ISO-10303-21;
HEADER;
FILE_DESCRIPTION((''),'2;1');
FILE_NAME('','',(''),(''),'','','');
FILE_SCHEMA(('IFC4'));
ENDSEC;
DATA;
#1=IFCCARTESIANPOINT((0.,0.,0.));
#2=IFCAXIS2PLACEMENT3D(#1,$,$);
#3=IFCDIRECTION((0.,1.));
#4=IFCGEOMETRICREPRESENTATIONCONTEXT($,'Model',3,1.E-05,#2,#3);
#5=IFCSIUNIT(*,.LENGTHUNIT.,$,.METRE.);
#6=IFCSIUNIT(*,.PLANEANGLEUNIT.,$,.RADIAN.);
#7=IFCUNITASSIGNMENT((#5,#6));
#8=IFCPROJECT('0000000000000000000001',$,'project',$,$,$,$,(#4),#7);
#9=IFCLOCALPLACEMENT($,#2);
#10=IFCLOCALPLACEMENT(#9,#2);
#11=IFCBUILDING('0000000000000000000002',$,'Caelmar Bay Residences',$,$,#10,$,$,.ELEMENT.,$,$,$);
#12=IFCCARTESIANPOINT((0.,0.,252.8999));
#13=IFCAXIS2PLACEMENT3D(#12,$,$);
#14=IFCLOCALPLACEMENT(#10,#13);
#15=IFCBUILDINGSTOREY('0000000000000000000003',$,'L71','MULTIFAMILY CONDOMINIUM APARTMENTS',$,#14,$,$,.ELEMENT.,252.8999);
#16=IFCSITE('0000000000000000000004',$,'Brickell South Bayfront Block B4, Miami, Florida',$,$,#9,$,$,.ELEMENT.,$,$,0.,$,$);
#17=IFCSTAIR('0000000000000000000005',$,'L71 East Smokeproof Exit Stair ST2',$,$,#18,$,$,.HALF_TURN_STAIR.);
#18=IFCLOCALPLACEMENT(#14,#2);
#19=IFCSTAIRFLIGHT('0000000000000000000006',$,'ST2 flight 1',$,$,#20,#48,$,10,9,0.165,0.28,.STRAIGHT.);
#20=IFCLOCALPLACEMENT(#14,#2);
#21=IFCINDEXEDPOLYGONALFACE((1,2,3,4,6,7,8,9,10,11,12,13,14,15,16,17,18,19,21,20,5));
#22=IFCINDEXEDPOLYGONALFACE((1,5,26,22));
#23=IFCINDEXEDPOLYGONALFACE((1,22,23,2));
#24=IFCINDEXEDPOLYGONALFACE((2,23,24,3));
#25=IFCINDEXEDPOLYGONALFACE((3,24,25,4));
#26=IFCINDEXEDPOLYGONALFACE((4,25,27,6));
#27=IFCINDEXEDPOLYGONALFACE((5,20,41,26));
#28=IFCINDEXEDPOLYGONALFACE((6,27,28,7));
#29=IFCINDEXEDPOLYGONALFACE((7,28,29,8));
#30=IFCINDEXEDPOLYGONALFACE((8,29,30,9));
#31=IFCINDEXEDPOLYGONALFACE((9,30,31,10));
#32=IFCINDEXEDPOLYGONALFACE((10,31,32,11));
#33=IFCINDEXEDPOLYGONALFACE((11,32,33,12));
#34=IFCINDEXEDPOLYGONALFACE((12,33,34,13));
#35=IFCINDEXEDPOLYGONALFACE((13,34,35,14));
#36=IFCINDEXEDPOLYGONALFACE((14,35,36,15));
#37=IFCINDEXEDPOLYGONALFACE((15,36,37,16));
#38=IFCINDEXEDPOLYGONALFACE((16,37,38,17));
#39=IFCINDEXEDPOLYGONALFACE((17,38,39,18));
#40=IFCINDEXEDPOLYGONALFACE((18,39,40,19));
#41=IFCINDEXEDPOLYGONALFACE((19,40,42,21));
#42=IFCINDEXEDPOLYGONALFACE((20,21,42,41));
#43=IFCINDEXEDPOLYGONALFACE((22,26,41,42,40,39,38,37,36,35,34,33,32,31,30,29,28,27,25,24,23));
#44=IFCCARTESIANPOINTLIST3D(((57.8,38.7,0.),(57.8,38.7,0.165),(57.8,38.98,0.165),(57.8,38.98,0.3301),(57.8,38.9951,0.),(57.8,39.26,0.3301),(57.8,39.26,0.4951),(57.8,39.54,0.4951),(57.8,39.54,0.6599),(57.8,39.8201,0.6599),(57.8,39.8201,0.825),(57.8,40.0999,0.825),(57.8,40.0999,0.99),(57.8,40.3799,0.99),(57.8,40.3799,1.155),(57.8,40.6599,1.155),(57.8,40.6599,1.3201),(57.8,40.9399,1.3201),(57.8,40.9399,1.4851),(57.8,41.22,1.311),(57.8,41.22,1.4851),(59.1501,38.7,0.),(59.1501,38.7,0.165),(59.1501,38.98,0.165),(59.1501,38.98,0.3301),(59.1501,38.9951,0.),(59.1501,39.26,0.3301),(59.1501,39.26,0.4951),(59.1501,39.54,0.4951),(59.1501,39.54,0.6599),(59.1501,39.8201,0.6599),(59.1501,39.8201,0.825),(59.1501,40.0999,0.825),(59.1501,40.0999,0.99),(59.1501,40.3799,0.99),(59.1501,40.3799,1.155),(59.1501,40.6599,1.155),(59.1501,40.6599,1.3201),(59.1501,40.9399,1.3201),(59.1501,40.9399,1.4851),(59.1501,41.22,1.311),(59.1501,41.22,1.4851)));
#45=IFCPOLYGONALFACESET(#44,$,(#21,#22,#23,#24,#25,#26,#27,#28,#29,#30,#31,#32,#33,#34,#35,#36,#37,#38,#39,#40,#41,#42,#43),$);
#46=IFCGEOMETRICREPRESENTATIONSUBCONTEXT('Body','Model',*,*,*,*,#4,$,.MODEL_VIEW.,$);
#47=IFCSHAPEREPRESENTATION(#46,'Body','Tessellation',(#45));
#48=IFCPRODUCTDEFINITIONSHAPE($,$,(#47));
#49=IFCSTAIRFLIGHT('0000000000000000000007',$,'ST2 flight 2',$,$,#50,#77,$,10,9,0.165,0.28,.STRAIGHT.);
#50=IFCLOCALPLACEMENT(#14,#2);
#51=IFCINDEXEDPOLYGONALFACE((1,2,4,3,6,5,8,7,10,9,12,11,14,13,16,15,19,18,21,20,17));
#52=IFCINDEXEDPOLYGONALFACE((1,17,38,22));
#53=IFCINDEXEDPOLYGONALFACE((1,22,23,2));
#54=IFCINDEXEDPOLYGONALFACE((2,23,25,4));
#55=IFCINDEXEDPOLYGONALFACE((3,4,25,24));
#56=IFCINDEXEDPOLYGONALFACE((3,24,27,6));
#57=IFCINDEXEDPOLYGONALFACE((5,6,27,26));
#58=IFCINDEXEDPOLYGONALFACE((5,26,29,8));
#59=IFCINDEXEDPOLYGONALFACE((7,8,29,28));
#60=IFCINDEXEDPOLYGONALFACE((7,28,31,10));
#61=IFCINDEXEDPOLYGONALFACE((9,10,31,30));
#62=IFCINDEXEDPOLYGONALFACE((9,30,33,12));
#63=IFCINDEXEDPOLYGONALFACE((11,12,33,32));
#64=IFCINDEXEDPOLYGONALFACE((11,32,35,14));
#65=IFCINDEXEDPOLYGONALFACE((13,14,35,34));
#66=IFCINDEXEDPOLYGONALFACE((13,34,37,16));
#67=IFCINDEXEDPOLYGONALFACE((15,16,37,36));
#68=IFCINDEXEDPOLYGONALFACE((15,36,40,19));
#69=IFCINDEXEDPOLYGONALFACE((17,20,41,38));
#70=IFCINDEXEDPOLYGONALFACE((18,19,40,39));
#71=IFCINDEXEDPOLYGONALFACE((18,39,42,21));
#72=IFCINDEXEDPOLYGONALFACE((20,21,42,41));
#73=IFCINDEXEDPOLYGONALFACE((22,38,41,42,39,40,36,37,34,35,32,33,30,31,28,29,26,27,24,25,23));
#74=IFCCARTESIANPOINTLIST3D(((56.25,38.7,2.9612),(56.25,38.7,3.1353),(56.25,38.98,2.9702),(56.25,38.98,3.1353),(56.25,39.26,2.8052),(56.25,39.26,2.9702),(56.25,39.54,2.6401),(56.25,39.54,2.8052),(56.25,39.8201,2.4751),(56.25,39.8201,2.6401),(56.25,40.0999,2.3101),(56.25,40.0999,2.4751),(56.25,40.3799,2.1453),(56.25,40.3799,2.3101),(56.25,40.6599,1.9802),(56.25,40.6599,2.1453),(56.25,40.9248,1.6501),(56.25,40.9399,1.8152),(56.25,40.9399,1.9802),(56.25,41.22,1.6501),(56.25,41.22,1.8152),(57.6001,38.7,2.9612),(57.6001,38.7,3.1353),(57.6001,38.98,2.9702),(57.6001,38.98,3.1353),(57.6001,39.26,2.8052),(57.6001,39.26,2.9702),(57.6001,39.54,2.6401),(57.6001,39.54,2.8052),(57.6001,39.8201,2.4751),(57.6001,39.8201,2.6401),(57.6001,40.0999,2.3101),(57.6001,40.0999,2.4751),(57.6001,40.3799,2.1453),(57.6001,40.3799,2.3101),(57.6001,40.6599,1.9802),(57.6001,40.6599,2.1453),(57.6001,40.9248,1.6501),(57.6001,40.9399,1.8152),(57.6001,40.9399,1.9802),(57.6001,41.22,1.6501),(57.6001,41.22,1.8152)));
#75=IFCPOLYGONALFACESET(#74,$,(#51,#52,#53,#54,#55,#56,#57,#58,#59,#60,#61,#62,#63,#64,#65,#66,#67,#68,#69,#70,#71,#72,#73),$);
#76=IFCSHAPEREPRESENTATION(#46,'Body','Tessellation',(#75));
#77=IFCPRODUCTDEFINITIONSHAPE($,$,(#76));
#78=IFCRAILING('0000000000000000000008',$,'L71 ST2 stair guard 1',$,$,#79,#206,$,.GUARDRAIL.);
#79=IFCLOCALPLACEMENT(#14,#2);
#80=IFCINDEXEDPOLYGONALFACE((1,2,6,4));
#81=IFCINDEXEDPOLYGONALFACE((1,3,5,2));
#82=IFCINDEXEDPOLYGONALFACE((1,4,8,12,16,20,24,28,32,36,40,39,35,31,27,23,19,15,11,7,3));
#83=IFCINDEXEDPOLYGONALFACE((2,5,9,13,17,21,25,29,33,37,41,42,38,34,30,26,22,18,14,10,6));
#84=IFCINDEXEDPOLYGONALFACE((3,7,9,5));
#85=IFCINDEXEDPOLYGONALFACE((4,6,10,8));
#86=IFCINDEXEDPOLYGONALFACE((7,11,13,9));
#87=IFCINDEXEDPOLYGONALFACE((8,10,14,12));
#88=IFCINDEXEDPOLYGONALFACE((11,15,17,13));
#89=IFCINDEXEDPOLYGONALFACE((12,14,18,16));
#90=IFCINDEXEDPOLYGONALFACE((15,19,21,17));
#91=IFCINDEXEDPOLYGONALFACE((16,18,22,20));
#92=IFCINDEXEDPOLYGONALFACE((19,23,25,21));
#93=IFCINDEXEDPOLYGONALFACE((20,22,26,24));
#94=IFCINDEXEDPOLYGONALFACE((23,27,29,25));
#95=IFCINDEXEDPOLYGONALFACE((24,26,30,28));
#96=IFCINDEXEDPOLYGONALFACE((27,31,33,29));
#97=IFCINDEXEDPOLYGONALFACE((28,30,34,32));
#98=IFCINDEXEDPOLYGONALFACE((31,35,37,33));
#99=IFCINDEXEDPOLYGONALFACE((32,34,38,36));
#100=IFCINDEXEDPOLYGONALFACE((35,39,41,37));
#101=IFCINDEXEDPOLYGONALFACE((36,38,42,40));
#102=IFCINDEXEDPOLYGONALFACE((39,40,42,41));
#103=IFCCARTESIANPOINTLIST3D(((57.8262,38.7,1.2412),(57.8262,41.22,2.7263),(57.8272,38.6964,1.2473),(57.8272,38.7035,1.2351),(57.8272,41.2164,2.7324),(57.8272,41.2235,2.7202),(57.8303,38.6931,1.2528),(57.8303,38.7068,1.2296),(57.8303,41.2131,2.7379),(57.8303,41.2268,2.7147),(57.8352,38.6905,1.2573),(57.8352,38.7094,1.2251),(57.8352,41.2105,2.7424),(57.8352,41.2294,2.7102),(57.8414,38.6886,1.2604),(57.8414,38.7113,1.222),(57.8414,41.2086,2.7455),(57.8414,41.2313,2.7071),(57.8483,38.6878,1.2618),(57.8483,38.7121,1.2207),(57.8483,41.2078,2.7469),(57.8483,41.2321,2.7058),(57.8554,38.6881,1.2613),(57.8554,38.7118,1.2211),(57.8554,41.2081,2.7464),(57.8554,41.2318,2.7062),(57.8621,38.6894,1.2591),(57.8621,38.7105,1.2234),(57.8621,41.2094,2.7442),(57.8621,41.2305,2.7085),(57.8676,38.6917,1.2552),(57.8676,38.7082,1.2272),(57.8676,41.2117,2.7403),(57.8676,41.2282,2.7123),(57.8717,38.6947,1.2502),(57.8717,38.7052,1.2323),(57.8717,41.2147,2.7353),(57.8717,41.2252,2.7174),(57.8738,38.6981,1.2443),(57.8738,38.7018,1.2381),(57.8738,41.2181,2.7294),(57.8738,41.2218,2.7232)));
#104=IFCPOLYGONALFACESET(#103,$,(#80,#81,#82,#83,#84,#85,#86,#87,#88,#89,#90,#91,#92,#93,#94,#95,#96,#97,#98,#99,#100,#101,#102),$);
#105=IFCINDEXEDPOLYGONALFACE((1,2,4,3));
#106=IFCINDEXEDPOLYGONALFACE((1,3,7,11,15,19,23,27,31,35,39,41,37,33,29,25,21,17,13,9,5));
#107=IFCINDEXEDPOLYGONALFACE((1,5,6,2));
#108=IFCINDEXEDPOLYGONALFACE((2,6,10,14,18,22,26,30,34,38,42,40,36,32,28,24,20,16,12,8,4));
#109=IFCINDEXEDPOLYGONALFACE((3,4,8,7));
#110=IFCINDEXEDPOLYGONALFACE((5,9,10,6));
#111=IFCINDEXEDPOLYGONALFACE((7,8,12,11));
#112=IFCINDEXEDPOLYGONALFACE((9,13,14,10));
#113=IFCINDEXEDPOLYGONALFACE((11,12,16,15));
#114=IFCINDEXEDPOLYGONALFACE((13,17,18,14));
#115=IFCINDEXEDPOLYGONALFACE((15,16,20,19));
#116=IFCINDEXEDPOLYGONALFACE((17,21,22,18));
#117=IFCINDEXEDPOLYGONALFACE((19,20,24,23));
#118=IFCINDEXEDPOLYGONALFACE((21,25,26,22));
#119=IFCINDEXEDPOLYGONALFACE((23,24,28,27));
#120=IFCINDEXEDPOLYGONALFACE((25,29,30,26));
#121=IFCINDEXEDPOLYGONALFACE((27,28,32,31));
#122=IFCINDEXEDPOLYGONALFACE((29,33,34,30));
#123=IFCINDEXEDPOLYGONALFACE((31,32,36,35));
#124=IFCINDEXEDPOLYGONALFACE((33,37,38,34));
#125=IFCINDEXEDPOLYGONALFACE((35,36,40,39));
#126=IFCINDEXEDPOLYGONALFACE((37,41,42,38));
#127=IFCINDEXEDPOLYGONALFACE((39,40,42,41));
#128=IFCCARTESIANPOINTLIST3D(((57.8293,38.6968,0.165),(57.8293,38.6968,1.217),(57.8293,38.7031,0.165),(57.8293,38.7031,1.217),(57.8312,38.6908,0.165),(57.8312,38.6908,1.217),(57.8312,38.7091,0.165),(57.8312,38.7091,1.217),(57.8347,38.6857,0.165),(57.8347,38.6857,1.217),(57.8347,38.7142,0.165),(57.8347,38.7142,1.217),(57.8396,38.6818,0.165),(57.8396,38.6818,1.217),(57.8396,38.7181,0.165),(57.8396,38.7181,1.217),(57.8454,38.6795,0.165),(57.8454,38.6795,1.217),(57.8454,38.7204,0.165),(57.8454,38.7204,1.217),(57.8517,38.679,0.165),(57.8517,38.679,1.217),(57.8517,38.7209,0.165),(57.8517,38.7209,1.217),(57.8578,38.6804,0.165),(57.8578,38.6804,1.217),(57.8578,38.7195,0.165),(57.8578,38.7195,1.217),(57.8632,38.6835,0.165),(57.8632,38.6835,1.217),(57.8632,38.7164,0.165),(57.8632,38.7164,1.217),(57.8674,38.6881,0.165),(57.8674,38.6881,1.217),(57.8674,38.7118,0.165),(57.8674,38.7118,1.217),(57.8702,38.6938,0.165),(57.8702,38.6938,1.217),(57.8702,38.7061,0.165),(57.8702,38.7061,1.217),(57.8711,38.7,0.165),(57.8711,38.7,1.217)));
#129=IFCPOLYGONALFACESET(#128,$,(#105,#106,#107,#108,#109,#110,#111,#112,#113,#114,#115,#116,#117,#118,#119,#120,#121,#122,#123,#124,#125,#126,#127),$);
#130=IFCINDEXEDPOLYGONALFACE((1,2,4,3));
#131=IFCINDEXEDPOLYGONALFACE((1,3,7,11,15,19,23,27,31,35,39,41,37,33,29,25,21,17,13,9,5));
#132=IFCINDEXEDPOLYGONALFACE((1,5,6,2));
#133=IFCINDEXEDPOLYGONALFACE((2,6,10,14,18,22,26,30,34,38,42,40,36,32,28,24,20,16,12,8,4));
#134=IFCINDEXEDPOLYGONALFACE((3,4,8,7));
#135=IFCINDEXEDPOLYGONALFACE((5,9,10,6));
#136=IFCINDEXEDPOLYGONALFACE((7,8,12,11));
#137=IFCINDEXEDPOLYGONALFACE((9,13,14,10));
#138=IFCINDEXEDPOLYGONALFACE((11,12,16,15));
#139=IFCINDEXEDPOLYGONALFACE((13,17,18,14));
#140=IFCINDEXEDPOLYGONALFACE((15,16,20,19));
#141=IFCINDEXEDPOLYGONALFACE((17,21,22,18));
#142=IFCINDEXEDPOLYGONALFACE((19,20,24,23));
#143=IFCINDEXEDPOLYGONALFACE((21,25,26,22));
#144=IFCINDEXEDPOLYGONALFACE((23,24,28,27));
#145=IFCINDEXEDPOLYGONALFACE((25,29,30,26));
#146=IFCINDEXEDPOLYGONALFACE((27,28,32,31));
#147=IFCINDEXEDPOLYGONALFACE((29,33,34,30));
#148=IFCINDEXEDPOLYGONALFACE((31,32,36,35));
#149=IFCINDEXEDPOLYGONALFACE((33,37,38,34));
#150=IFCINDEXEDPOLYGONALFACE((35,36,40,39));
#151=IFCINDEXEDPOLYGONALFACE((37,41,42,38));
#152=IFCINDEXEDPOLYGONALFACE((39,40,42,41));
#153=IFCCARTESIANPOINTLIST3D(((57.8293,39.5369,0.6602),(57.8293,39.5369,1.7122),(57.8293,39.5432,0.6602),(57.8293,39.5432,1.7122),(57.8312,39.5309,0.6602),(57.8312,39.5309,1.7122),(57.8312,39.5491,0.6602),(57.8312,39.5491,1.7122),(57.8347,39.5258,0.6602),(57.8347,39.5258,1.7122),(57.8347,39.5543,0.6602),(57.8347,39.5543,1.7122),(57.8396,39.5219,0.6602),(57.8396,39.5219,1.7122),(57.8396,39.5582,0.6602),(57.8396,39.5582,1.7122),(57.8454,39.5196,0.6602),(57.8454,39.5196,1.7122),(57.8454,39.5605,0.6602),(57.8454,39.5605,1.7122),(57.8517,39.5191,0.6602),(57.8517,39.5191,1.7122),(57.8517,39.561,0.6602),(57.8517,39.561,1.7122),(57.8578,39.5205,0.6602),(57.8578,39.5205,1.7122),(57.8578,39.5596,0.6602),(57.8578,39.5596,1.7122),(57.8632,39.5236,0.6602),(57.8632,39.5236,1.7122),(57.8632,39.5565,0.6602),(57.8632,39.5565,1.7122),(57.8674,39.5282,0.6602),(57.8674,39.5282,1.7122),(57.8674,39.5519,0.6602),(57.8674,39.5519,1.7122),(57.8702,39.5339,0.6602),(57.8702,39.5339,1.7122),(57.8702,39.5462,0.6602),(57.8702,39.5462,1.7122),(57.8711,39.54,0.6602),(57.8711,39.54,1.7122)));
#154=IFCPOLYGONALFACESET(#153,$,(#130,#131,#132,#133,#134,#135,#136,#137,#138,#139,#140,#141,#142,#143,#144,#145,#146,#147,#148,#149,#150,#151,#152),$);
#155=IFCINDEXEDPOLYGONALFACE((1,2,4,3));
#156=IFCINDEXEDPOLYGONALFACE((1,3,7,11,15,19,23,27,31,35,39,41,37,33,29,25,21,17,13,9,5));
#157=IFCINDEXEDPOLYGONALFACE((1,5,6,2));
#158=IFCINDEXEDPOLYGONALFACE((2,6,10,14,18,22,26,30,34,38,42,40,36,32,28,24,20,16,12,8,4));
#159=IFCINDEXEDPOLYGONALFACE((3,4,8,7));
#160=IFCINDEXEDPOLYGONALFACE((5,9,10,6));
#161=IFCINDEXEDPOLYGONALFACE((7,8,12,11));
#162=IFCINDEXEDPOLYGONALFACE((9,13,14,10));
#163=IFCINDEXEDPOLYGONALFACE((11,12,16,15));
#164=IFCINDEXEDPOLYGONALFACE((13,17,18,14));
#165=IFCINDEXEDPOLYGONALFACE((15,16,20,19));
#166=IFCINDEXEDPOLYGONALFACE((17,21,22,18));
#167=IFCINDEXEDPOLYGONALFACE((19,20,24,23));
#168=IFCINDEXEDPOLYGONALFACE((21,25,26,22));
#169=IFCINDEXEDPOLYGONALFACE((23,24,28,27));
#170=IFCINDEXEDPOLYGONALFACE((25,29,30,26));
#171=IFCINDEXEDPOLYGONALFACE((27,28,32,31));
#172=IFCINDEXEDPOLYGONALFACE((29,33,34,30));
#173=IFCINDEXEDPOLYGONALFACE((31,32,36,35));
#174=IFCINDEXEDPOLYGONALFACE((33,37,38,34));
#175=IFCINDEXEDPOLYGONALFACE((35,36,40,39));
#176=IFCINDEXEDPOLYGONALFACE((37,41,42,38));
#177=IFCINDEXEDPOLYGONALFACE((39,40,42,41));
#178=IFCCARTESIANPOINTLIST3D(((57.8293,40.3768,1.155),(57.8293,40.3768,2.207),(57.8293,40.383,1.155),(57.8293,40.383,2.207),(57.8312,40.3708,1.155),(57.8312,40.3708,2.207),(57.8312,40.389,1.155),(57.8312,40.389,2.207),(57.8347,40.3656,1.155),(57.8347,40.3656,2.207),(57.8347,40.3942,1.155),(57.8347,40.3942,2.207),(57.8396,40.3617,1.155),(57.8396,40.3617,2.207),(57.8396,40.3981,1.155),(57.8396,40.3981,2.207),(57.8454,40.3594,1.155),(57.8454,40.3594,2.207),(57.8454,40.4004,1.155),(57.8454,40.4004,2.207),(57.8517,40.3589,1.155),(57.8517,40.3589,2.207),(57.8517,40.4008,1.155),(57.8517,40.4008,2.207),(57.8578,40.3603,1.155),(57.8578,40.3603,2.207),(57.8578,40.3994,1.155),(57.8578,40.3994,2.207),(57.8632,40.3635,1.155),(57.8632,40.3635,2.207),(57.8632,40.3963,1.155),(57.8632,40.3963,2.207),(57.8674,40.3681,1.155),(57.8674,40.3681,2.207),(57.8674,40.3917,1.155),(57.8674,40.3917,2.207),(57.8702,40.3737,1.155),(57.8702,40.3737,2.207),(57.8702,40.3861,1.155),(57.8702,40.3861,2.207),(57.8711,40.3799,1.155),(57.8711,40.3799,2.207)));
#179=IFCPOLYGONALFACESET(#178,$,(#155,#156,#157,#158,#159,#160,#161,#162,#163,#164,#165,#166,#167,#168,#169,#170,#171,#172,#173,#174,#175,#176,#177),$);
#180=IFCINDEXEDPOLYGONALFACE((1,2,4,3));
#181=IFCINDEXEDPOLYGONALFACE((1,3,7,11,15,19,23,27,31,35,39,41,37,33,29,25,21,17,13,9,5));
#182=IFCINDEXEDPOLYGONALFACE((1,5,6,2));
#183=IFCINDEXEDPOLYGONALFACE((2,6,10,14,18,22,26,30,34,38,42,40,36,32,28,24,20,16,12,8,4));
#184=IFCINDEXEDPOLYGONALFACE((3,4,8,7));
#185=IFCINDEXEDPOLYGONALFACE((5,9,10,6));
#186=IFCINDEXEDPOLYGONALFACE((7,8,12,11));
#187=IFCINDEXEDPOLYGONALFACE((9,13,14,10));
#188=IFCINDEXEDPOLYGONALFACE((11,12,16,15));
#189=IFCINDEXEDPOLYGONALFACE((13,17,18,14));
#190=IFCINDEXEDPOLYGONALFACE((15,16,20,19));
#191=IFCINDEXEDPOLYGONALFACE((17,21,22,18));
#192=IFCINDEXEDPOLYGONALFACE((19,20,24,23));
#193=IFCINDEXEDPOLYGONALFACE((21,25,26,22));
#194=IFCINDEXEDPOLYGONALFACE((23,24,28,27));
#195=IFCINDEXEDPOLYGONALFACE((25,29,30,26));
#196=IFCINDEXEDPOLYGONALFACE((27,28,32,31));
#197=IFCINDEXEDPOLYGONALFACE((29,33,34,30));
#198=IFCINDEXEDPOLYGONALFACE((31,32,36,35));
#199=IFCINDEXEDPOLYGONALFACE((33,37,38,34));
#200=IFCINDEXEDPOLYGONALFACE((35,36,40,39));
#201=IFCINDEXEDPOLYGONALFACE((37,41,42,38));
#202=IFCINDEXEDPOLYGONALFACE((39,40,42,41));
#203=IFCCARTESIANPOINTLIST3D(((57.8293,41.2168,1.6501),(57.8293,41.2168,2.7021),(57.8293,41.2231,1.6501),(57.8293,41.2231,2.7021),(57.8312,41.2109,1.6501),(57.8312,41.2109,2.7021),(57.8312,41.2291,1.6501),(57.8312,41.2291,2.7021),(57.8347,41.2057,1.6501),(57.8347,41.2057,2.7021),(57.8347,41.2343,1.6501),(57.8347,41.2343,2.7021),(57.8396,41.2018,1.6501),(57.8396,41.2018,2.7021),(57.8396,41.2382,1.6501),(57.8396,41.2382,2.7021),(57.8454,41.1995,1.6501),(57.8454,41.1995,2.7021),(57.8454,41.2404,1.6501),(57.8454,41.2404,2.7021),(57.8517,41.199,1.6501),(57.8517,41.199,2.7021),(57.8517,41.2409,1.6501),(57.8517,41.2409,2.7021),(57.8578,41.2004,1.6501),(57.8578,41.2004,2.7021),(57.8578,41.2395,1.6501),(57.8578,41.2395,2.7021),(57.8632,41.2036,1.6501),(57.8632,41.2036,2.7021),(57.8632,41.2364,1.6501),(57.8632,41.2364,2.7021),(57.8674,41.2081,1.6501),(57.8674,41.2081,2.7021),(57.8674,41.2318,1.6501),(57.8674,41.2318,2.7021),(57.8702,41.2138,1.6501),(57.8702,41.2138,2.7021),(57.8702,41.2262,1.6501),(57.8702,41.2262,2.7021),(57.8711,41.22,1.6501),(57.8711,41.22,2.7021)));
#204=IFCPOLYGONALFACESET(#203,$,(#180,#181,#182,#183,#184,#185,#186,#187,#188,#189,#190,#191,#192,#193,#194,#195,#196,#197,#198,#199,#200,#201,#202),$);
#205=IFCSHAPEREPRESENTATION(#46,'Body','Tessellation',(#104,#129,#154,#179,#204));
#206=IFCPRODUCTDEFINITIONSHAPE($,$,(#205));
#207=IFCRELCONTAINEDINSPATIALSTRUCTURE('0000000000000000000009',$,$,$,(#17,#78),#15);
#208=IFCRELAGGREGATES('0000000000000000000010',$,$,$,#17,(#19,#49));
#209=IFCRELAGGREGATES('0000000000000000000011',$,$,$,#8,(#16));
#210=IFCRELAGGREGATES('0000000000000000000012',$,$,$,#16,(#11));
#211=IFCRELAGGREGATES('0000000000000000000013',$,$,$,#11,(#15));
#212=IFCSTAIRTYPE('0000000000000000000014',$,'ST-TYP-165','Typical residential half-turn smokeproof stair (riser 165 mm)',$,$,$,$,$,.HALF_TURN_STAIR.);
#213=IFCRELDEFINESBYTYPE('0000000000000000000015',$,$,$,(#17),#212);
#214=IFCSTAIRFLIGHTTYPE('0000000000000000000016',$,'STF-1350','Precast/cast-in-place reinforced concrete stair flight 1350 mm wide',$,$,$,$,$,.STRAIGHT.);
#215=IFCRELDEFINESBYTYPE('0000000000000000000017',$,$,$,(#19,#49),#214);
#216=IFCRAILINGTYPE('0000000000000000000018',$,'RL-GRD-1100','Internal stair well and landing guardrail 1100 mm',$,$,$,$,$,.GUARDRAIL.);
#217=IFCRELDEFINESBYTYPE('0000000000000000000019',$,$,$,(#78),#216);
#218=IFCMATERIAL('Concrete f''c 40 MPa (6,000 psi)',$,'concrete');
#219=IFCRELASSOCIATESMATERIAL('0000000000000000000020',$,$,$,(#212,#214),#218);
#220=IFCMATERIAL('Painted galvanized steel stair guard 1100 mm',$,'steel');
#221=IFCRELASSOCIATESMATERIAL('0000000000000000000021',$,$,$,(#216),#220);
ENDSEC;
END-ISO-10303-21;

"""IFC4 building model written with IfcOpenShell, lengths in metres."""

from ifc_helpers import new_model, si_unit, direction, frame, origin, origin_2d, place, context, subcontext, project, spatial, polyline, circle, outline, extrude, material, type_object, element, aggregate, save


model = new_model("IFC4")

# Units and contexts
model_context = context("Model", 3, precision=1e-05, world=origin(), true_north=direction((0.0, 1.0)))
body_context = subcontext(model_context, "Body", "Model", "MODEL_VIEW")
ifc_project = project(units=[si_unit("LENGTHUNIT", "METRE"), si_unit("PLANEANGLEUNIT", "RADIAN")], contexts=[model_context])

# Site, building, storey
site_placement = place(None, origin())
site = spatial("IfcSite", under=ifc_project, at=site_placement, Name="Brickell South Bayfront Block B4, Miami, Florida", CompositionType="ELEMENT", RefElevation=0.0)
building_placement = place(site_placement, origin())
building = spatial("IfcBuilding", under=site, at=building_placement, Name="Caelmar Bay Residences", CompositionType="ELEMENT")
storey_placement = place(building_placement, frame((0.0, 0.0, 252.8999)))
storey = spatial("IfcBuildingStorey", under=building, at=storey_placement, Name="L71", Description="MULTIFAMILY CONDOMINIUM APARTMENTS", CompositionType="ELEMENT", Elevation=252.8999)

# Stair, stair flights
ifc_material_1 = material(Name="Concrete f'c 40 MPa (6,000 psi)", Category="concrete")
stair_type = type_object("IfcStairType", Name="ST-TYP-165", Description="Typical residential half-turn smokeproof stair (riser 165 mm)", PredefinedType="HALF_TURN_STAIR", material=ifc_material_1)
stair_placement = place(storey_placement, origin())
stair = element("IfcStair", 1, at=stair_placement, inside=storey, type_object=stair_type, Name="L71 East Smokeproof Exit Stair ST2", PredefinedType="HALF_TURN_STAIR")
stair_flight_type = type_object("IfcStairFlightType", Name="STF-1350", Description="Precast/cast-in-place reinforced concrete stair flight 1350 mm wide", PredefinedType="STRAIGHT", material=ifc_material_1)
stair_flight_1_placement = place(storey_placement, frame((58.4751, 38.7, 0.0), z_axis=(0.0, 0.0, 1.0), x_axis=(0.0, 1.0, 0.0)))
stair_flight_1 = element("IfcStairFlight", 2, at=stair_flight_1_placement, type_object=stair_flight_type, Name="ST2 flight 1", NumberOfRisers=10, NumberOfTreads=9, PredefinedType="STRAIGHT", RiserHeight=0.165, TreadLength=0.28, context=body_context, shape_type="SweptSolid", body=[
    extrude(outline(polyline([(0.0, 0.0), (0.0, 0.165), (0.28, 0.165), (0.28, 0.3301), (0.5601, 0.3301), (0.5601, 0.4951), (0.8401, 0.4951), (0.8401, 0.6599), (1.1201, 0.6599), (1.1201, 0.825), (1.3999, 0.825), (1.3999, 0.99), (1.6799, 0.99), (1.6799, 1.155), (1.96, 1.155), (1.96, 1.3201), (2.24, 1.3201), (2.24, 1.4851), (2.52, 1.4851), (2.52, 1.6499), (2.52, 1.311), (0.2952, 0.0), (0.0, 0.0)])), frame((0.0, 0.675, 0.0), z_axis=(0.0, -1.0, 0.0), x_axis=(1.0, 0.0, 0.0)), (0.0, 0.0, 1.0), 1.3501),
])
stair_flight_2_placement = place(storey_placement, frame((56.925, 41.22, 1.6501), z_axis=(0.0, 0.0, 1.0), x_axis=(0.0, -1.0, 0.0)))
stair_flight_2 = element("IfcStairFlight", 3, at=stair_flight_2_placement, type_object=stair_flight_type, Name="ST2 flight 2", NumberOfRisers=10, NumberOfTreads=9, PredefinedType="STRAIGHT", RiserHeight=0.165, TreadLength=0.28, context=body_context, shape_type="SweptSolid", body=[
    extrude(outline(polyline([(0.0, 0.0), (0.0, 0.165), (0.28, 0.165), (0.28, 0.3301), (0.5601, 0.3301), (0.5601, 0.4951), (0.8401, 0.4951), (0.8401, 0.6599), (1.1201, 0.6599), (1.1201, 0.825), (1.3999, 0.825), (1.3999, 0.99), (1.6799, 0.99), (1.6799, 1.155), (1.96, 1.155), (1.96, 1.3201), (2.24, 1.3201), (2.24, 1.4851), (2.52, 1.4851), (2.52, 1.6499), (2.52, 1.311), (0.2952, 0.0), (0.0, 0.0)])), frame((0.0, 0.675, 0.0), z_axis=(0.0, -1.0, 0.0), x_axis=(1.0, 0.0, 0.0)), (0.0, 0.0, 1.0), 1.3501),
])
aggregate(stair, [stair_flight_1, stair_flight_2])

# Railing
ifc_material_2 = material(Name="Painted galvanized steel stair guard 1100 mm", Category="steel")
railing_type_1 = type_object("IfcRailingType", Name="RL-GRD-1100", Description="Internal stair well and landing guardrail 1100 mm", PredefinedType="GUARDRAIL", material=ifc_material_2)
railing_1_placement = place(storey_placement, frame((57.8501, 38.7, 0.165)))
element("IfcRailing", 4, at=railing_1_placement, inside=storey, type_object=railing_type_1, Name="L71 ST2 stair guard 1", PredefinedType="GUARDRAIL", context=body_context, shape_type="SweptSolid", body=[
    extrude(circle(Radius=0.0239, at=origin_2d()), frame((0.0, 0.0, 1.0762), z_axis=(0.0, 0.861524, 0.507717), x_axis=(-1.0, 0.0, 0.0)), (0.0, 0.0, 1.0), 2.925),
    extrude(circle(Radius=0.021, at=origin_2d()), origin(), (0.0, 0.0, 1.0), 1.052),
    extrude(circle(Radius=0.021, at=origin_2d()), frame((0.0, 0.8401, 0.4951)), (0.0, 0.0, 1.0), 1.052),
    extrude(circle(Radius=0.021, at=origin_2d()), frame((0.0, 1.6799, 0.99)), (0.0, 0.0, 1.0), 1.052),
    extrude(circle(Radius=0.021, at=origin_2d()), frame((0.0, 2.52, 1.4851)), (0.0, 0.0, 1.0), 1.052),
])

save(model, "model.ifc")
